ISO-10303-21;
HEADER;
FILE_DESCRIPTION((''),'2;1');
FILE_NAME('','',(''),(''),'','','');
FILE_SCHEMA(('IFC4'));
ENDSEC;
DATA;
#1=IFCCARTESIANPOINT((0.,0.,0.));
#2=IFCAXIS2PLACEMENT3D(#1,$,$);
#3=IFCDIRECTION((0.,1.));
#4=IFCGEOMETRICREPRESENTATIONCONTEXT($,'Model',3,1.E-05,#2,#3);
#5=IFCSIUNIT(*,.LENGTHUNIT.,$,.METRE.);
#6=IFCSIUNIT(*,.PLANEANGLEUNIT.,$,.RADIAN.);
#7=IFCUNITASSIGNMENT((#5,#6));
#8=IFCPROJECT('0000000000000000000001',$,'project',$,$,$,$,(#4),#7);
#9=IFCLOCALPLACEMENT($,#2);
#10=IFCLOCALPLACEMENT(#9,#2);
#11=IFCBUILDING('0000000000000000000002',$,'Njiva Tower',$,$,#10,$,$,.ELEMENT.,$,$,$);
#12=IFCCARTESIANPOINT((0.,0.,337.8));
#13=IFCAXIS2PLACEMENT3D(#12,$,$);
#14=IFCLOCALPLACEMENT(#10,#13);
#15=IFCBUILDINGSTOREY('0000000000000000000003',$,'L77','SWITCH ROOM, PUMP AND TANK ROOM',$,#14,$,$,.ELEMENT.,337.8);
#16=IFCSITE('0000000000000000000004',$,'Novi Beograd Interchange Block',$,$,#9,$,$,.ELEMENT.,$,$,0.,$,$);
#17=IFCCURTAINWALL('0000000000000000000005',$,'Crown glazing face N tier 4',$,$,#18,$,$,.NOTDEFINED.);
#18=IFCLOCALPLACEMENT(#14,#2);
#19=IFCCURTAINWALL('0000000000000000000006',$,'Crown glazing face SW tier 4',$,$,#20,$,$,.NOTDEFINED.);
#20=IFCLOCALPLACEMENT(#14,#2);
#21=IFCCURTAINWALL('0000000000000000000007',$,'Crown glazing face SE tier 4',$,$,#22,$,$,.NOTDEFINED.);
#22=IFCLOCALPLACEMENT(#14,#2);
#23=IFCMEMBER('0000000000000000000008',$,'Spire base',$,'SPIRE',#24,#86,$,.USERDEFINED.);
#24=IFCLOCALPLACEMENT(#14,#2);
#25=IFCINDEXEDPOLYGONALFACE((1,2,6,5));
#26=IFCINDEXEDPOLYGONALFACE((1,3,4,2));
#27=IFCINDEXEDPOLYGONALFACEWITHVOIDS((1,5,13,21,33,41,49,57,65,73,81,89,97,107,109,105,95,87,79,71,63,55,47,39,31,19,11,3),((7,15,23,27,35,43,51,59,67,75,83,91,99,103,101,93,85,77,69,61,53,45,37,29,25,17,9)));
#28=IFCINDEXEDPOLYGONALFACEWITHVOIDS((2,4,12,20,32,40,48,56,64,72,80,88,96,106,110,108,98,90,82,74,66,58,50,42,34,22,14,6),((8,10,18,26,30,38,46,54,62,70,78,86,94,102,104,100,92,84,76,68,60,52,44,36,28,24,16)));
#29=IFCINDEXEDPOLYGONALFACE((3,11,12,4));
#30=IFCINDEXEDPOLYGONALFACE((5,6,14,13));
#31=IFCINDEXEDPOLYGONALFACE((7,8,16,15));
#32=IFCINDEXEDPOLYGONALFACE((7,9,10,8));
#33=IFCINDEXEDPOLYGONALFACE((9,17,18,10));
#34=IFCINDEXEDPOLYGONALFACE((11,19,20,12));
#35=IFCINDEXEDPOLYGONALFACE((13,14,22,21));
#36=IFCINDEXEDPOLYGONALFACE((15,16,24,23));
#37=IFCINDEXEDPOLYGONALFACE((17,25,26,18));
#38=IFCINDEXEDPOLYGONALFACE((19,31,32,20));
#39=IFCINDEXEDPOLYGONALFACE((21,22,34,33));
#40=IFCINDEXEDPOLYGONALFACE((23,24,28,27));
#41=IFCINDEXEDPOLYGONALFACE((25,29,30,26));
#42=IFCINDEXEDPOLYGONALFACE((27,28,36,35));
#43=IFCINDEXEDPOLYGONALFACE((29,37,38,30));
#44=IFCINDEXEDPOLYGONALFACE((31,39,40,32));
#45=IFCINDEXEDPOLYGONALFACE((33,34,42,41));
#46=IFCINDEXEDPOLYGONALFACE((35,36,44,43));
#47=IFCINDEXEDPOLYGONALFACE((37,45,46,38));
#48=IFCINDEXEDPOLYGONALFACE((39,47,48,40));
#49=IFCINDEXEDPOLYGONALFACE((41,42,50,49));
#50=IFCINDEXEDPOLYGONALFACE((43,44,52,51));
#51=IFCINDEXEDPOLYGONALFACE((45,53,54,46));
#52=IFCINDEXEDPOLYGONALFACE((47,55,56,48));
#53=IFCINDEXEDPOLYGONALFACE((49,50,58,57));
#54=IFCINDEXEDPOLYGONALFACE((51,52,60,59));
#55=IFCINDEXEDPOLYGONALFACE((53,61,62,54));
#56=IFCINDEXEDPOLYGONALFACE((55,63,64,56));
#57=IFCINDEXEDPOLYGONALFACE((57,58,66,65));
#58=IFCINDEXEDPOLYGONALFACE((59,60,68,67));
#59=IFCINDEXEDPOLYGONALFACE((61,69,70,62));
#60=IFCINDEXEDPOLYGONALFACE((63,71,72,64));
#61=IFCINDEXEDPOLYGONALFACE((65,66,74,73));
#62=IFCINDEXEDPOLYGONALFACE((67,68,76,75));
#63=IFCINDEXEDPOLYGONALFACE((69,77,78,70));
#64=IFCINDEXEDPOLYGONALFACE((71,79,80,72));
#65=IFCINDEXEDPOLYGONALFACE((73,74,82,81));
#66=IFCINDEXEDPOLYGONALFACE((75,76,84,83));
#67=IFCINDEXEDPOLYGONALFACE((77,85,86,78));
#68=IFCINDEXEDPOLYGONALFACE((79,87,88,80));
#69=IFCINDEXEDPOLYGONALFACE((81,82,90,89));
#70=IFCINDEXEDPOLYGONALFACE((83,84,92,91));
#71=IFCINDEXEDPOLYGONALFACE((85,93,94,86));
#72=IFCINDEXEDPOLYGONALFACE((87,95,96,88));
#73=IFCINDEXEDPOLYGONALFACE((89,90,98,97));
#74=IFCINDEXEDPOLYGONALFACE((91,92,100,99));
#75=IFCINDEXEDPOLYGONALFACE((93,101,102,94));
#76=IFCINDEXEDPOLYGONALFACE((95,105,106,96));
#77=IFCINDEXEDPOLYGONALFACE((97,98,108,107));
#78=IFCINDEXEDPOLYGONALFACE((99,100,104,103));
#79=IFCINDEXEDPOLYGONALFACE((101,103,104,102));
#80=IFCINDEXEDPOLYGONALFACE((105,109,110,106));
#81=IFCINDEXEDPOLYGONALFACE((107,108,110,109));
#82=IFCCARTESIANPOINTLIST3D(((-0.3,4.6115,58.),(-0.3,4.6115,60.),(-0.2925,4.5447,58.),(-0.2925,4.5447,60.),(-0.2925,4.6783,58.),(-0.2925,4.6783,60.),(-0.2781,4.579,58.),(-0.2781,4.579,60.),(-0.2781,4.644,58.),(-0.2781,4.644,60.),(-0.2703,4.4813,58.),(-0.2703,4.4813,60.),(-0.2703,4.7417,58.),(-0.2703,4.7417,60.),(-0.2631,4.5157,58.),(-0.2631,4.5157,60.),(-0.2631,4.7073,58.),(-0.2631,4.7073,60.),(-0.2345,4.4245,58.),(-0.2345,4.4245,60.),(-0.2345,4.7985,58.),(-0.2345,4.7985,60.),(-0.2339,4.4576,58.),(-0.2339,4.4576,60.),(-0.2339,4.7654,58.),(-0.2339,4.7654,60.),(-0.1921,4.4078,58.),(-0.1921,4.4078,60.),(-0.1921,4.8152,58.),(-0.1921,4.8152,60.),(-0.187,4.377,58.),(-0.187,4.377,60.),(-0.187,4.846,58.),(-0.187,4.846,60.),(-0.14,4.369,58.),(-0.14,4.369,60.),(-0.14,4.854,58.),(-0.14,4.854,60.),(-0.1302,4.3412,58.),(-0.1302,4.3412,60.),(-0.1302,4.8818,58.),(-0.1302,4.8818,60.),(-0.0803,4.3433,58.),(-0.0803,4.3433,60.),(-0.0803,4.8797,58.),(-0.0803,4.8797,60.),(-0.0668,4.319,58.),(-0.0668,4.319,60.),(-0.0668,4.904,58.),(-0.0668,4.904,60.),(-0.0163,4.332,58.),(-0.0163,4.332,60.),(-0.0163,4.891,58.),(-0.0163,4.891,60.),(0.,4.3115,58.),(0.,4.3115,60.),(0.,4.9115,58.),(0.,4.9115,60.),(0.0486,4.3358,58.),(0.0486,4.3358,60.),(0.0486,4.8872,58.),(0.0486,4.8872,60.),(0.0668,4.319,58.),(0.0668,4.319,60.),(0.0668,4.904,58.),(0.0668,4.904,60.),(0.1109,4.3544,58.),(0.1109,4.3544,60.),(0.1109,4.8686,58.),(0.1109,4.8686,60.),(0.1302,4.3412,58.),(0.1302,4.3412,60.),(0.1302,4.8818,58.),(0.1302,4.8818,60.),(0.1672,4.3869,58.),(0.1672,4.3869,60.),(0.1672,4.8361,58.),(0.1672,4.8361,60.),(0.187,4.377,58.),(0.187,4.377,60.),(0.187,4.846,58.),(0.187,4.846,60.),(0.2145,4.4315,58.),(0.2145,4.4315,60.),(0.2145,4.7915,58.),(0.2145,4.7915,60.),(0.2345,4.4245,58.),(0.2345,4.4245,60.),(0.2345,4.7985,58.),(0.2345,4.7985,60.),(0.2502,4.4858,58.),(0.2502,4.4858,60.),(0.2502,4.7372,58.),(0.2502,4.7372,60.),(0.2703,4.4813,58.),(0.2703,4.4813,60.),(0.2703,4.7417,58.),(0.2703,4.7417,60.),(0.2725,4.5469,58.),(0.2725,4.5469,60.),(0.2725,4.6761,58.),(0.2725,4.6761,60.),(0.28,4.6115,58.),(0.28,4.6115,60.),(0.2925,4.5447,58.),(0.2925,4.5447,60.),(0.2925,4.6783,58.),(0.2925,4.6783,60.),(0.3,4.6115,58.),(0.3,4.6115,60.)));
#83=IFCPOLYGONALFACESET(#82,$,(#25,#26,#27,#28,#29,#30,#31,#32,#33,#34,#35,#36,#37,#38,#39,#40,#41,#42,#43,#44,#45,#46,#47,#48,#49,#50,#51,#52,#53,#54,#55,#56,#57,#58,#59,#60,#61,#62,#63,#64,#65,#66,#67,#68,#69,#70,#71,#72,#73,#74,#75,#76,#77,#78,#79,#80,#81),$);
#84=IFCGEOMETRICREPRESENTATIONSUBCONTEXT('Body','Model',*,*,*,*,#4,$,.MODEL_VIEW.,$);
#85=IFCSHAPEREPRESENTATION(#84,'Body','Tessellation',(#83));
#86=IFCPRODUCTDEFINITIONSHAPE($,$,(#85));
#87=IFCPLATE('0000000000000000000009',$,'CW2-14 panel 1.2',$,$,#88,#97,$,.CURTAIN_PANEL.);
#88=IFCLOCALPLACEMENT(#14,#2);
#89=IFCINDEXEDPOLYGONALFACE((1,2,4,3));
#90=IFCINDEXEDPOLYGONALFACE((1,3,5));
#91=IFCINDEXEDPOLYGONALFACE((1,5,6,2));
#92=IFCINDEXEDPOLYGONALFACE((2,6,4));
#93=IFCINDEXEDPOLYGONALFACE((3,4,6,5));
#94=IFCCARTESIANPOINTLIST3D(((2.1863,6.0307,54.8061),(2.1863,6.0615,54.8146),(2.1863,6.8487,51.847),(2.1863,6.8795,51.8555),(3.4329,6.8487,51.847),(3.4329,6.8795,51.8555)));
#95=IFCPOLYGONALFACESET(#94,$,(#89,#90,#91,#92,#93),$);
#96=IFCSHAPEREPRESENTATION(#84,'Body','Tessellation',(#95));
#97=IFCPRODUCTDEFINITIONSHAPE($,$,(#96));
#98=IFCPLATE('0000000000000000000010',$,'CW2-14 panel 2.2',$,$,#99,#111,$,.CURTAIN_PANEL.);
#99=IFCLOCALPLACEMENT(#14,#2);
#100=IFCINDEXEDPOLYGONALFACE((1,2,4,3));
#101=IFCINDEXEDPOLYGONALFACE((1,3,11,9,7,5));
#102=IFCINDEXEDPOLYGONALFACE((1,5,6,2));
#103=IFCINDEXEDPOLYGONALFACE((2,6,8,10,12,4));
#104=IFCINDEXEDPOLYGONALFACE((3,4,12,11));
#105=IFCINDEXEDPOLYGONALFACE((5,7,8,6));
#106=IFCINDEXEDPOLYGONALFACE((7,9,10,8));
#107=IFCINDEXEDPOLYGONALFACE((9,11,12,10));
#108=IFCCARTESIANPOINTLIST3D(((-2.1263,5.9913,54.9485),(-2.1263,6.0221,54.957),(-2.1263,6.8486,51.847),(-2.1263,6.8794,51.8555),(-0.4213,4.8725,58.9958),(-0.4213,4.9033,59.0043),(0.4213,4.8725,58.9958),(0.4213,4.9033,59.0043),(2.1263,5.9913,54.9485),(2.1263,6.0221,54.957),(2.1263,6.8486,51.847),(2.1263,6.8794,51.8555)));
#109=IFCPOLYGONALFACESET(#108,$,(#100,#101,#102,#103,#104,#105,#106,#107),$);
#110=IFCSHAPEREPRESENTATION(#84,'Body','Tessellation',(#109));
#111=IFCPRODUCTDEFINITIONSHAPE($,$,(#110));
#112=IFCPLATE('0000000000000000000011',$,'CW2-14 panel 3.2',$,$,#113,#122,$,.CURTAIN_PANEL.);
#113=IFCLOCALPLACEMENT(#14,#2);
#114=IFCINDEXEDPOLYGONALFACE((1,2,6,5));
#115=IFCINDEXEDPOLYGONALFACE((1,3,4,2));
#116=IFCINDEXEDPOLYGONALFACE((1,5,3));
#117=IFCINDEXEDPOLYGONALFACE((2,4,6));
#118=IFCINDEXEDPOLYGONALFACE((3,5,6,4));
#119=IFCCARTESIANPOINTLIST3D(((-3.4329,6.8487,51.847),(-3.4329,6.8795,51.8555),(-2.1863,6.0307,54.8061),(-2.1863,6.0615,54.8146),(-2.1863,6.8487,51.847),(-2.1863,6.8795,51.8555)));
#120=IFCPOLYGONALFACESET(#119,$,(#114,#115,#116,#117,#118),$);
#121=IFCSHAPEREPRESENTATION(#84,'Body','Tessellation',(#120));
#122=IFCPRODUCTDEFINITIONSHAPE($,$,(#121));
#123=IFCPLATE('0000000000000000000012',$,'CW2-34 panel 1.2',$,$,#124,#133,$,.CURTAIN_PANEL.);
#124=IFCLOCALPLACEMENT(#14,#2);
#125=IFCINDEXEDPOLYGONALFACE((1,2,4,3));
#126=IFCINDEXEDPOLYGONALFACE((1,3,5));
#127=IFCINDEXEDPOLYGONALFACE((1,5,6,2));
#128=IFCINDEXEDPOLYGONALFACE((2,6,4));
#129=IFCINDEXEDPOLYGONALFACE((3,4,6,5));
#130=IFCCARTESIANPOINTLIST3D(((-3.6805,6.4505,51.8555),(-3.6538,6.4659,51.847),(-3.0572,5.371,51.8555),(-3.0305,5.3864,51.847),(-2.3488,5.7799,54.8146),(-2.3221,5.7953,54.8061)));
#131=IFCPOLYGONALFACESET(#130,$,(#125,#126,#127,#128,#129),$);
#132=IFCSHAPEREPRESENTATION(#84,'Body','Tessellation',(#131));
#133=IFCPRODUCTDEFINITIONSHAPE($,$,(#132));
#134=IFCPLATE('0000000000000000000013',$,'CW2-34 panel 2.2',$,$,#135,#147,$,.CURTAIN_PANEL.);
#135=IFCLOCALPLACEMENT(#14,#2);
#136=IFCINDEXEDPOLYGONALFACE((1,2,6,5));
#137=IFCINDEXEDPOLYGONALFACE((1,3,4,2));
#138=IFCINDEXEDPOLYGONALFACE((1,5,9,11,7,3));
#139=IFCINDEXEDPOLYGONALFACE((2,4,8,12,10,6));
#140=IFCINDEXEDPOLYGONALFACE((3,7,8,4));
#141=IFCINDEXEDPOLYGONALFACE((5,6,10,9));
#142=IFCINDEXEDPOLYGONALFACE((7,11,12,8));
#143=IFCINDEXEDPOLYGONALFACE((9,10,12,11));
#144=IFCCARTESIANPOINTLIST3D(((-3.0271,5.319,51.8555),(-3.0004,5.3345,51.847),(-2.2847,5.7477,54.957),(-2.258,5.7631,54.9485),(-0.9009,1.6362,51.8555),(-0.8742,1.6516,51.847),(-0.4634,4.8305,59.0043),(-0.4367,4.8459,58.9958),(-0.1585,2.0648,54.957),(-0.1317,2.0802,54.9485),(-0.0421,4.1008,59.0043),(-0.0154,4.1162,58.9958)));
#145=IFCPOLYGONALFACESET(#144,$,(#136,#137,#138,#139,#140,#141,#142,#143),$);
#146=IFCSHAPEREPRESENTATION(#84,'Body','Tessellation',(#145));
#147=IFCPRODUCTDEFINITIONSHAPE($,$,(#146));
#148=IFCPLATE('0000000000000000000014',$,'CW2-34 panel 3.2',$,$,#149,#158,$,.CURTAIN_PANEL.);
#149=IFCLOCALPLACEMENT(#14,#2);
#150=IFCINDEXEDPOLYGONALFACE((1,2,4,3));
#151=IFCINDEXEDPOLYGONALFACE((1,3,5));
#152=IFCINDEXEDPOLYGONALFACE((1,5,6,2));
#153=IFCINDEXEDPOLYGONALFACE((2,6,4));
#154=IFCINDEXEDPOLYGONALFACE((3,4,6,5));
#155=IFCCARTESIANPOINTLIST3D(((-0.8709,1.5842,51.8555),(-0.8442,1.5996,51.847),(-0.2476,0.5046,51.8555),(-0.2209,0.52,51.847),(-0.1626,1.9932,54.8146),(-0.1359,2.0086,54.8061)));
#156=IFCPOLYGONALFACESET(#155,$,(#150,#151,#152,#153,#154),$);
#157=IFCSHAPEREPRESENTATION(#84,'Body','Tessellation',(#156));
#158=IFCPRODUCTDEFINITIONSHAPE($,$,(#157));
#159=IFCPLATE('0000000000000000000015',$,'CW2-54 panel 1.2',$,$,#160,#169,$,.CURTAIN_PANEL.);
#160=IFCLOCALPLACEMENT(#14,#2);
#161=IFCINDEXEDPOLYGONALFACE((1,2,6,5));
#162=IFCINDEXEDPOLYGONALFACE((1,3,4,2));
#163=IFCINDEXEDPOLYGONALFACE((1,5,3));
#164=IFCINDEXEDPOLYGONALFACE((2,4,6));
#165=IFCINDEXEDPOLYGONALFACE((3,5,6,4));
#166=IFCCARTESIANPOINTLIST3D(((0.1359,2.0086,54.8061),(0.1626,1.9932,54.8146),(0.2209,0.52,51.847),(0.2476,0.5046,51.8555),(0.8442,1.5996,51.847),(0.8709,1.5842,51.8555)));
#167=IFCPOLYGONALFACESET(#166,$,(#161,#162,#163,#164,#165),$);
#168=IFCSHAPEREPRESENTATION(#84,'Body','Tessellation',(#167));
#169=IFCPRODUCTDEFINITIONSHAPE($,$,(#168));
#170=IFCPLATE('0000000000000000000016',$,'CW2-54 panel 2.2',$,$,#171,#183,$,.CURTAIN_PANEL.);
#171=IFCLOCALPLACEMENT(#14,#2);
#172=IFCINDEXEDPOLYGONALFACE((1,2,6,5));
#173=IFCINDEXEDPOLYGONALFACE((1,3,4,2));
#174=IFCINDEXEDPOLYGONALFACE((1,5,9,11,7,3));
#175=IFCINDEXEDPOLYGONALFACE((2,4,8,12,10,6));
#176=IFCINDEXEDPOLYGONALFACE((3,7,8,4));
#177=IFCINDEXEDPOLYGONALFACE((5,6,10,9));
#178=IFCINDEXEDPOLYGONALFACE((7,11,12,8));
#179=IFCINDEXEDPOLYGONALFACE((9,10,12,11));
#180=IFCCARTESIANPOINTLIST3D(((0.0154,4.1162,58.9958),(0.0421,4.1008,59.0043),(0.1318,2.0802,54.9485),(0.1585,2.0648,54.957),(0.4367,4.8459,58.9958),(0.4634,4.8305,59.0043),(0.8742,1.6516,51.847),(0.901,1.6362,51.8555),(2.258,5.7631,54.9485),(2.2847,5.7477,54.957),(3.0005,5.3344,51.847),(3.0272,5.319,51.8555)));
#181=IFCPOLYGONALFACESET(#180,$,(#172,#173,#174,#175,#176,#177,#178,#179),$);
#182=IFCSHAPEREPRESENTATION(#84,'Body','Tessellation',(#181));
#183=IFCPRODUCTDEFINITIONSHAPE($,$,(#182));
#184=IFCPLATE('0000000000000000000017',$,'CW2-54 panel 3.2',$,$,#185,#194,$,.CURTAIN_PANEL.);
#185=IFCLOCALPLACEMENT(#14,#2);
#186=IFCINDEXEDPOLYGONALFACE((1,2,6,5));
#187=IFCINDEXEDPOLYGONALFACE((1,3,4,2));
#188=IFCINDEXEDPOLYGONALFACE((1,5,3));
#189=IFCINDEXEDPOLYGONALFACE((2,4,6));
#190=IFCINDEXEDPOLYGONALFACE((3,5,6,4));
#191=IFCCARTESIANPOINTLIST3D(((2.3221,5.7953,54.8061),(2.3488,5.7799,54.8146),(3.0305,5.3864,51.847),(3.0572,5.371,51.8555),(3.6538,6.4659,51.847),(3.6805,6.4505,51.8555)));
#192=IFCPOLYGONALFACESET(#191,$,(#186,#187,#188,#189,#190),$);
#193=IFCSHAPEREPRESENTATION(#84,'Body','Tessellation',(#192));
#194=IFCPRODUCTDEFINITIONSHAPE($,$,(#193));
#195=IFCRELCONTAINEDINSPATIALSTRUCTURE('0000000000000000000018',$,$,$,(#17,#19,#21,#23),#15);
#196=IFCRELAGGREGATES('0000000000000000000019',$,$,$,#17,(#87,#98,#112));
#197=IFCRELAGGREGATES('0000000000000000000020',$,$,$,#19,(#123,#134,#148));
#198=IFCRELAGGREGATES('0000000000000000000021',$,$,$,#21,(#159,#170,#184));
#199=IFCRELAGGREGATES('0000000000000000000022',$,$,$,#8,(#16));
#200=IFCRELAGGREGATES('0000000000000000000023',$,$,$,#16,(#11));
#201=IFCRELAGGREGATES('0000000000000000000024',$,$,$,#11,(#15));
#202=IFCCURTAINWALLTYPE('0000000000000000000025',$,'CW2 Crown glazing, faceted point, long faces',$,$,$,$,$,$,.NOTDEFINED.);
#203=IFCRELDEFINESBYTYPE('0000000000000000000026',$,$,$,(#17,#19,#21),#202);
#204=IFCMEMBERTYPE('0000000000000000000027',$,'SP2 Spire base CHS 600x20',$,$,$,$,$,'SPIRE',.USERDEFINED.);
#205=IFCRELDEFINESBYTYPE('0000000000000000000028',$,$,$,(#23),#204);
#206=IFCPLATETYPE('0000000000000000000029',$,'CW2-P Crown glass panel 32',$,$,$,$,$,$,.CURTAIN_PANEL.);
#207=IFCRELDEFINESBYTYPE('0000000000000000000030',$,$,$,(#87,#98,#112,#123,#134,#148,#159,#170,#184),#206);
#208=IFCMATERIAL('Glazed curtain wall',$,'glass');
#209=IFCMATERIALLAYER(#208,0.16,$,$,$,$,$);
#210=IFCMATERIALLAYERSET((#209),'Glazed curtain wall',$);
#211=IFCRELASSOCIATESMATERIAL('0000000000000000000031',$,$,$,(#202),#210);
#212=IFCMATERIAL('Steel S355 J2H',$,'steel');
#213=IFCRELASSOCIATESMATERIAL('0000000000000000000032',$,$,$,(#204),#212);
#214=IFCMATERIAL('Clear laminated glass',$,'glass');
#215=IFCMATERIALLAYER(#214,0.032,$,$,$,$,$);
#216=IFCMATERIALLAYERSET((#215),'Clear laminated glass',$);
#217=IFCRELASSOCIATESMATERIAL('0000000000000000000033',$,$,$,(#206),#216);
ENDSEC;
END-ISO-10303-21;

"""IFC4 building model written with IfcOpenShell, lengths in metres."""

from ifc_helpers import new_model, si_unit, direction, frame, origin, origin_2d, place, context, subcontext, project, spatial, polyline, hollow_circle, outline, extrude, material, layer, layer_set, material_profile, profile_set, type_object, element, aggregate, save


model = new_model("IFC4")

# Units and contexts
model_context = context("Model", 3, precision=1e-05, world=origin(), true_north=direction((0.0, 1.0)))
body_context = subcontext(model_context, "Body", "Model", "MODEL_VIEW")
ifc_project = project(units=[si_unit("LENGTHUNIT", "METRE"), si_unit("PLANEANGLEUNIT", "RADIAN")], contexts=[model_context])

# Site, building, storey
site_placement = place(None, origin())
site = spatial("IfcSite", under=ifc_project, at=site_placement, Name="Novi Beograd Interchange Block", CompositionType="ELEMENT", RefElevation=0.0)
building_placement = place(site_placement, origin())
building = spatial("IfcBuilding", under=site, at=building_placement, Name="Njiva Tower", CompositionType="ELEMENT")
storey_placement = place(building_placement, frame((0.0, 0.0, 337.8)))
storey = spatial("IfcBuildingStorey", under=building, at=storey_placement, Name="L77", Description="SWITCH ROOM, PUMP AND TANK ROOM", CompositionType="ELEMENT", Elevation=337.8)

# Curtain walls
ifc_material_1 = material(Name="Glazed curtain wall", Category="glass")
ifc_layer_1 = layer(ifc_material_1, 0.16)
ifc_layer_set_1 = layer_set([ifc_layer_1], Name="Glazed curtain wall")
curtain_wall_type_1 = type_object("IfcCurtainWallType", Name="CW2 Crown glazing, faceted point, long faces", PredefinedType="NOTDEFINED", material=ifc_layer_set_1)
curtain_wall_1_placement = place(storey_placement, origin())
curtain_wall_1 = element("IfcCurtainWall", 1, at=curtain_wall_1_placement, inside=storey, type_object=curtain_wall_type_1, Name="Crown glazing face N tier 4", PredefinedType="NOTDEFINED")
curtain_wall_2_placement = place(storey_placement, origin())
curtain_wall_2 = element("IfcCurtainWall", 2, at=curtain_wall_2_placement, inside=storey, type_object=curtain_wall_type_1, Name="Crown glazing face SW tier 4", PredefinedType="NOTDEFINED")
curtain_wall_3_placement = place(storey_placement, origin())
curtain_wall_3 = element("IfcCurtainWall", 3, at=curtain_wall_3_placement, inside=storey, type_object=curtain_wall_type_1, Name="Crown glazing face SE tier 4", PredefinedType="NOTDEFINED")

# Member
ifc_material_2 = material(Name="Steel S355 J2H", Category="steel")
ifc_material_profile_1 = material_profile(ifc_material_2, hollow_circle(Radius=0.3, WallThickness=0.02, at=origin_2d()), Name="CHS 600x20")
ifc_profile_set_1 = profile_set([ifc_material_profile_1], Name="Steel S355 J2H")
member_type_1 = type_object("IfcMemberType", Name="SP2 Spire base CHS 600x20", ElementType="SPIRE", PredefinedType="USERDEFINED", material=ifc_profile_set_1)
member_1_placement = place(storey_placement, frame((0.0, 4.6115, 58.0), z_axis=(0.0, 0.0, 1.0), x_axis=(1.0, 0.0, 0.0)))
element("IfcMember", 4, at=member_1_placement, inside=storey, type_object=member_type_1, Name="Spire base", ObjectType="SPIRE", PredefinedType="USERDEFINED", context=body_context, shape_type="SweptSolid", body=[
    extrude(hollow_circle(Radius=0.3, WallThickness=0.02, at=origin_2d()), origin(), (0.0, 0.0, 1.0), 2.0),
])

# Plates
ifc_material_3 = material(Name="Clear laminated glass", Category="glass")
ifc_layer_2 = layer(ifc_material_3, 0.032)
ifc_layer_set_2 = layer_set([ifc_layer_2], Name="Clear laminated glass")
plate_type_1 = type_object("IfcPlateType", Name="CW2-P Crown glass panel 32", PredefinedType="CURTAIN_PANEL", material=ifc_layer_set_2)
plate_1_placement = place(storey_placement, frame((3.4329, 6.8795, 51.8555), z_axis=(0.0, 0.963851, 0.266442), x_axis=(-1.0, 0.0, 0.0)))
plate_1 = element("IfcPlate", 5, at=plate_1_placement, type_object=plate_type_1, Name="CW2-14 panel 1.2", PredefinedType="CURTAIN_PANEL", context=body_context, shape_type="SweptSolid", body=[
    extrude(outline(polyline([(0.0, 0.0), (1.2466, 0.0), (1.2466, 3.0701), (0.0, 0.0)])), origin(), (0.0, 0.0, -1.0), 0.032),
])
plate_2_placement = place(storey_placement, frame((2.1263, 6.0221, 54.957), z_axis=(0.0, 0.963852, 0.266437), x_axis=(0.0, 0.266437, -0.963852)))
plate_2 = element("IfcPlate", 6, at=plate_2_placement, type_object=plate_type_1, Name="CW2-14 panel 2.2", PredefinedType="CURTAIN_PANEL", context=body_context, shape_type="SweptSolid", body=[
    extrude(outline(polyline([(0.0, 0.0), (3.2178, 0.0), (3.2178, 4.2526), (0.0, 4.2526), (-4.1991, 2.5476), (-4.1991, 1.705), (0.0, 0.0)])), origin(), (0.0, 0.0, -1.0), 0.032),
])
plate_3_placement = place(storey_placement, frame((-2.1863, 6.0615, 54.8146), z_axis=(0.0, 0.963851, 0.266442), x_axis=(0.0, 0.266442, -0.963851)))
plate_3 = element("IfcPlate", 7, at=plate_3_placement, type_object=plate_type_1, Name="CW2-14 panel 3.2", PredefinedType="CURTAIN_PANEL", context=body_context, shape_type="SweptSolid", body=[
    extrude(outline(polyline([(0.0, 0.0), (3.0701, 0.0), (3.0701, 1.2466), (0.0, 0.0)])), origin(), (0.0, 0.0, -1.0), 0.032),
])
aggregate(curtain_wall_1, [plate_1, plate_2, plate_3])
plate_4_placement = place(storey_placement, frame((-3.6805, 6.4505, 51.8555), z_axis=(-0.834707, -0.481957, 0.266425), x_axis=(0.50003, -0.866008, 0.0)))
plate_4 = element("IfcPlate", 8, at=plate_4_placement, type_object=plate_type_1, Name="CW2-34 panel 1.2", PredefinedType="CURTAIN_PANEL", context=body_context, shape_type="SweptSolid", body=[
    extrude(outline(polyline([(0.0, 0.0), (1.2465, 0.0), (1.2466, 3.0701), (0.0, 0.0)])), origin(), (0.0, 0.0, -1.0), 0.032),
])
plate_5_placement = place(storey_placement, frame((-2.2847, 5.7477, 54.957), z_axis=(-0.83473, -0.481916, 0.266426), x_axis=(-0.23073, -0.133217, -0.963855)))
plate_5 = element("IfcPlate", 9, at=plate_5_placement, type_object=plate_type_1, Name="CW2-34 panel 2.2", PredefinedType="CURTAIN_PANEL", context=body_context, shape_type="SweptSolid", body=[
    extrude(outline(polyline([(0.0, 0.0), (3.2178, 0.0), (3.2178, 4.2525), (0.0, 4.2526), (-4.1991, 2.5476), (-4.1991, 1.705), (0.0, 0.0)])), origin(), (0.0, 0.0, -1.0), 0.032),
])
plate_6_placement = place(storey_placement, frame((-0.1626, 1.9932, 54.8146), z_axis=(-0.834729, -0.481925, 0.266414), x_axis=(-0.230712, -0.133222, -0.963859)))
plate_6 = element("IfcPlate", 10, at=plate_6_placement, type_object=plate_type_1, Name="CW2-34 panel 3.2", PredefinedType="CURTAIN_PANEL", context=body_context, shape_type="SweptSolid", body=[
    extrude(outline(polyline([(0.0, 0.0), (3.0701, 0.0), (3.0701, 1.2466), (0.0, 0.0)])), origin(), (0.0, 0.0, -1.0), 0.032),
])
aggregate(curtain_wall_2, [plate_4, plate_5, plate_6])
plate_7_placement = place(storey_placement, frame((0.2476, 0.5046, 51.8555), z_axis=(0.834729, -0.481925, 0.266414), x_axis=(0.499996, 0.866028, 0.0)))
plate_7 = element("IfcPlate", 11, at=plate_7_placement, type_object=plate_type_1, Name="CW2-54 panel 1.2", PredefinedType="CURTAIN_PANEL", context=body_context, shape_type="SweptSolid", body=[
    extrude(outline(polyline([(0.0, 0.0), (1.2466, 0.0), (1.2467, 3.0701), (0.0, 0.0)])), origin(), (0.0, 0.0, -1.0), 0.032),
])
plate_8_placement = place(storey_placement, frame((0.1585, 2.0648, 54.957), z_axis=(0.83473, -0.481916, 0.266426), x_axis=(0.230735, -0.133207, -0.963855)))
plate_8 = element("IfcPlate", 12, at=plate_8_placement, type_object=plate_type_1, Name="CW2-54 panel 2.2", PredefinedType="CURTAIN_PANEL", context=body_context, shape_type="SweptSolid", body=[
    extrude(outline(polyline([(0.0, 0.0), (3.2178, 0.0), (3.2178, 4.2525), (0.0, 4.2526), (-4.1991, 2.5476), (-4.1991, 1.7051), (0.0, 0.0)])), origin(), (0.0, 0.0, -1.0), 0.032),
])
plate_9_placement = place(storey_placement, frame((2.3488, 5.7799, 54.8146), z_axis=(0.834707, -0.481957, 0.266425), x_axis=(0.230744, -0.133189, -0.963856)))
plate_9 = element("IfcPlate", 13, at=plate_9_placement, type_object=plate_type_1, Name="CW2-54 panel 3.2", PredefinedType="CURTAIN_PANEL", context=body_context, shape_type="SweptSolid", body=[
    extrude(outline(polyline([(0.0, 0.0), (3.0701, 0.0), (3.0701, 1.2465), (0.0, 0.0)])), origin(), (0.0, 0.0, -1.0), 0.032),
])
aggregate(curtain_wall_3, [plate_7, plate_8, plate_9])

save(model, "model.ifc")
